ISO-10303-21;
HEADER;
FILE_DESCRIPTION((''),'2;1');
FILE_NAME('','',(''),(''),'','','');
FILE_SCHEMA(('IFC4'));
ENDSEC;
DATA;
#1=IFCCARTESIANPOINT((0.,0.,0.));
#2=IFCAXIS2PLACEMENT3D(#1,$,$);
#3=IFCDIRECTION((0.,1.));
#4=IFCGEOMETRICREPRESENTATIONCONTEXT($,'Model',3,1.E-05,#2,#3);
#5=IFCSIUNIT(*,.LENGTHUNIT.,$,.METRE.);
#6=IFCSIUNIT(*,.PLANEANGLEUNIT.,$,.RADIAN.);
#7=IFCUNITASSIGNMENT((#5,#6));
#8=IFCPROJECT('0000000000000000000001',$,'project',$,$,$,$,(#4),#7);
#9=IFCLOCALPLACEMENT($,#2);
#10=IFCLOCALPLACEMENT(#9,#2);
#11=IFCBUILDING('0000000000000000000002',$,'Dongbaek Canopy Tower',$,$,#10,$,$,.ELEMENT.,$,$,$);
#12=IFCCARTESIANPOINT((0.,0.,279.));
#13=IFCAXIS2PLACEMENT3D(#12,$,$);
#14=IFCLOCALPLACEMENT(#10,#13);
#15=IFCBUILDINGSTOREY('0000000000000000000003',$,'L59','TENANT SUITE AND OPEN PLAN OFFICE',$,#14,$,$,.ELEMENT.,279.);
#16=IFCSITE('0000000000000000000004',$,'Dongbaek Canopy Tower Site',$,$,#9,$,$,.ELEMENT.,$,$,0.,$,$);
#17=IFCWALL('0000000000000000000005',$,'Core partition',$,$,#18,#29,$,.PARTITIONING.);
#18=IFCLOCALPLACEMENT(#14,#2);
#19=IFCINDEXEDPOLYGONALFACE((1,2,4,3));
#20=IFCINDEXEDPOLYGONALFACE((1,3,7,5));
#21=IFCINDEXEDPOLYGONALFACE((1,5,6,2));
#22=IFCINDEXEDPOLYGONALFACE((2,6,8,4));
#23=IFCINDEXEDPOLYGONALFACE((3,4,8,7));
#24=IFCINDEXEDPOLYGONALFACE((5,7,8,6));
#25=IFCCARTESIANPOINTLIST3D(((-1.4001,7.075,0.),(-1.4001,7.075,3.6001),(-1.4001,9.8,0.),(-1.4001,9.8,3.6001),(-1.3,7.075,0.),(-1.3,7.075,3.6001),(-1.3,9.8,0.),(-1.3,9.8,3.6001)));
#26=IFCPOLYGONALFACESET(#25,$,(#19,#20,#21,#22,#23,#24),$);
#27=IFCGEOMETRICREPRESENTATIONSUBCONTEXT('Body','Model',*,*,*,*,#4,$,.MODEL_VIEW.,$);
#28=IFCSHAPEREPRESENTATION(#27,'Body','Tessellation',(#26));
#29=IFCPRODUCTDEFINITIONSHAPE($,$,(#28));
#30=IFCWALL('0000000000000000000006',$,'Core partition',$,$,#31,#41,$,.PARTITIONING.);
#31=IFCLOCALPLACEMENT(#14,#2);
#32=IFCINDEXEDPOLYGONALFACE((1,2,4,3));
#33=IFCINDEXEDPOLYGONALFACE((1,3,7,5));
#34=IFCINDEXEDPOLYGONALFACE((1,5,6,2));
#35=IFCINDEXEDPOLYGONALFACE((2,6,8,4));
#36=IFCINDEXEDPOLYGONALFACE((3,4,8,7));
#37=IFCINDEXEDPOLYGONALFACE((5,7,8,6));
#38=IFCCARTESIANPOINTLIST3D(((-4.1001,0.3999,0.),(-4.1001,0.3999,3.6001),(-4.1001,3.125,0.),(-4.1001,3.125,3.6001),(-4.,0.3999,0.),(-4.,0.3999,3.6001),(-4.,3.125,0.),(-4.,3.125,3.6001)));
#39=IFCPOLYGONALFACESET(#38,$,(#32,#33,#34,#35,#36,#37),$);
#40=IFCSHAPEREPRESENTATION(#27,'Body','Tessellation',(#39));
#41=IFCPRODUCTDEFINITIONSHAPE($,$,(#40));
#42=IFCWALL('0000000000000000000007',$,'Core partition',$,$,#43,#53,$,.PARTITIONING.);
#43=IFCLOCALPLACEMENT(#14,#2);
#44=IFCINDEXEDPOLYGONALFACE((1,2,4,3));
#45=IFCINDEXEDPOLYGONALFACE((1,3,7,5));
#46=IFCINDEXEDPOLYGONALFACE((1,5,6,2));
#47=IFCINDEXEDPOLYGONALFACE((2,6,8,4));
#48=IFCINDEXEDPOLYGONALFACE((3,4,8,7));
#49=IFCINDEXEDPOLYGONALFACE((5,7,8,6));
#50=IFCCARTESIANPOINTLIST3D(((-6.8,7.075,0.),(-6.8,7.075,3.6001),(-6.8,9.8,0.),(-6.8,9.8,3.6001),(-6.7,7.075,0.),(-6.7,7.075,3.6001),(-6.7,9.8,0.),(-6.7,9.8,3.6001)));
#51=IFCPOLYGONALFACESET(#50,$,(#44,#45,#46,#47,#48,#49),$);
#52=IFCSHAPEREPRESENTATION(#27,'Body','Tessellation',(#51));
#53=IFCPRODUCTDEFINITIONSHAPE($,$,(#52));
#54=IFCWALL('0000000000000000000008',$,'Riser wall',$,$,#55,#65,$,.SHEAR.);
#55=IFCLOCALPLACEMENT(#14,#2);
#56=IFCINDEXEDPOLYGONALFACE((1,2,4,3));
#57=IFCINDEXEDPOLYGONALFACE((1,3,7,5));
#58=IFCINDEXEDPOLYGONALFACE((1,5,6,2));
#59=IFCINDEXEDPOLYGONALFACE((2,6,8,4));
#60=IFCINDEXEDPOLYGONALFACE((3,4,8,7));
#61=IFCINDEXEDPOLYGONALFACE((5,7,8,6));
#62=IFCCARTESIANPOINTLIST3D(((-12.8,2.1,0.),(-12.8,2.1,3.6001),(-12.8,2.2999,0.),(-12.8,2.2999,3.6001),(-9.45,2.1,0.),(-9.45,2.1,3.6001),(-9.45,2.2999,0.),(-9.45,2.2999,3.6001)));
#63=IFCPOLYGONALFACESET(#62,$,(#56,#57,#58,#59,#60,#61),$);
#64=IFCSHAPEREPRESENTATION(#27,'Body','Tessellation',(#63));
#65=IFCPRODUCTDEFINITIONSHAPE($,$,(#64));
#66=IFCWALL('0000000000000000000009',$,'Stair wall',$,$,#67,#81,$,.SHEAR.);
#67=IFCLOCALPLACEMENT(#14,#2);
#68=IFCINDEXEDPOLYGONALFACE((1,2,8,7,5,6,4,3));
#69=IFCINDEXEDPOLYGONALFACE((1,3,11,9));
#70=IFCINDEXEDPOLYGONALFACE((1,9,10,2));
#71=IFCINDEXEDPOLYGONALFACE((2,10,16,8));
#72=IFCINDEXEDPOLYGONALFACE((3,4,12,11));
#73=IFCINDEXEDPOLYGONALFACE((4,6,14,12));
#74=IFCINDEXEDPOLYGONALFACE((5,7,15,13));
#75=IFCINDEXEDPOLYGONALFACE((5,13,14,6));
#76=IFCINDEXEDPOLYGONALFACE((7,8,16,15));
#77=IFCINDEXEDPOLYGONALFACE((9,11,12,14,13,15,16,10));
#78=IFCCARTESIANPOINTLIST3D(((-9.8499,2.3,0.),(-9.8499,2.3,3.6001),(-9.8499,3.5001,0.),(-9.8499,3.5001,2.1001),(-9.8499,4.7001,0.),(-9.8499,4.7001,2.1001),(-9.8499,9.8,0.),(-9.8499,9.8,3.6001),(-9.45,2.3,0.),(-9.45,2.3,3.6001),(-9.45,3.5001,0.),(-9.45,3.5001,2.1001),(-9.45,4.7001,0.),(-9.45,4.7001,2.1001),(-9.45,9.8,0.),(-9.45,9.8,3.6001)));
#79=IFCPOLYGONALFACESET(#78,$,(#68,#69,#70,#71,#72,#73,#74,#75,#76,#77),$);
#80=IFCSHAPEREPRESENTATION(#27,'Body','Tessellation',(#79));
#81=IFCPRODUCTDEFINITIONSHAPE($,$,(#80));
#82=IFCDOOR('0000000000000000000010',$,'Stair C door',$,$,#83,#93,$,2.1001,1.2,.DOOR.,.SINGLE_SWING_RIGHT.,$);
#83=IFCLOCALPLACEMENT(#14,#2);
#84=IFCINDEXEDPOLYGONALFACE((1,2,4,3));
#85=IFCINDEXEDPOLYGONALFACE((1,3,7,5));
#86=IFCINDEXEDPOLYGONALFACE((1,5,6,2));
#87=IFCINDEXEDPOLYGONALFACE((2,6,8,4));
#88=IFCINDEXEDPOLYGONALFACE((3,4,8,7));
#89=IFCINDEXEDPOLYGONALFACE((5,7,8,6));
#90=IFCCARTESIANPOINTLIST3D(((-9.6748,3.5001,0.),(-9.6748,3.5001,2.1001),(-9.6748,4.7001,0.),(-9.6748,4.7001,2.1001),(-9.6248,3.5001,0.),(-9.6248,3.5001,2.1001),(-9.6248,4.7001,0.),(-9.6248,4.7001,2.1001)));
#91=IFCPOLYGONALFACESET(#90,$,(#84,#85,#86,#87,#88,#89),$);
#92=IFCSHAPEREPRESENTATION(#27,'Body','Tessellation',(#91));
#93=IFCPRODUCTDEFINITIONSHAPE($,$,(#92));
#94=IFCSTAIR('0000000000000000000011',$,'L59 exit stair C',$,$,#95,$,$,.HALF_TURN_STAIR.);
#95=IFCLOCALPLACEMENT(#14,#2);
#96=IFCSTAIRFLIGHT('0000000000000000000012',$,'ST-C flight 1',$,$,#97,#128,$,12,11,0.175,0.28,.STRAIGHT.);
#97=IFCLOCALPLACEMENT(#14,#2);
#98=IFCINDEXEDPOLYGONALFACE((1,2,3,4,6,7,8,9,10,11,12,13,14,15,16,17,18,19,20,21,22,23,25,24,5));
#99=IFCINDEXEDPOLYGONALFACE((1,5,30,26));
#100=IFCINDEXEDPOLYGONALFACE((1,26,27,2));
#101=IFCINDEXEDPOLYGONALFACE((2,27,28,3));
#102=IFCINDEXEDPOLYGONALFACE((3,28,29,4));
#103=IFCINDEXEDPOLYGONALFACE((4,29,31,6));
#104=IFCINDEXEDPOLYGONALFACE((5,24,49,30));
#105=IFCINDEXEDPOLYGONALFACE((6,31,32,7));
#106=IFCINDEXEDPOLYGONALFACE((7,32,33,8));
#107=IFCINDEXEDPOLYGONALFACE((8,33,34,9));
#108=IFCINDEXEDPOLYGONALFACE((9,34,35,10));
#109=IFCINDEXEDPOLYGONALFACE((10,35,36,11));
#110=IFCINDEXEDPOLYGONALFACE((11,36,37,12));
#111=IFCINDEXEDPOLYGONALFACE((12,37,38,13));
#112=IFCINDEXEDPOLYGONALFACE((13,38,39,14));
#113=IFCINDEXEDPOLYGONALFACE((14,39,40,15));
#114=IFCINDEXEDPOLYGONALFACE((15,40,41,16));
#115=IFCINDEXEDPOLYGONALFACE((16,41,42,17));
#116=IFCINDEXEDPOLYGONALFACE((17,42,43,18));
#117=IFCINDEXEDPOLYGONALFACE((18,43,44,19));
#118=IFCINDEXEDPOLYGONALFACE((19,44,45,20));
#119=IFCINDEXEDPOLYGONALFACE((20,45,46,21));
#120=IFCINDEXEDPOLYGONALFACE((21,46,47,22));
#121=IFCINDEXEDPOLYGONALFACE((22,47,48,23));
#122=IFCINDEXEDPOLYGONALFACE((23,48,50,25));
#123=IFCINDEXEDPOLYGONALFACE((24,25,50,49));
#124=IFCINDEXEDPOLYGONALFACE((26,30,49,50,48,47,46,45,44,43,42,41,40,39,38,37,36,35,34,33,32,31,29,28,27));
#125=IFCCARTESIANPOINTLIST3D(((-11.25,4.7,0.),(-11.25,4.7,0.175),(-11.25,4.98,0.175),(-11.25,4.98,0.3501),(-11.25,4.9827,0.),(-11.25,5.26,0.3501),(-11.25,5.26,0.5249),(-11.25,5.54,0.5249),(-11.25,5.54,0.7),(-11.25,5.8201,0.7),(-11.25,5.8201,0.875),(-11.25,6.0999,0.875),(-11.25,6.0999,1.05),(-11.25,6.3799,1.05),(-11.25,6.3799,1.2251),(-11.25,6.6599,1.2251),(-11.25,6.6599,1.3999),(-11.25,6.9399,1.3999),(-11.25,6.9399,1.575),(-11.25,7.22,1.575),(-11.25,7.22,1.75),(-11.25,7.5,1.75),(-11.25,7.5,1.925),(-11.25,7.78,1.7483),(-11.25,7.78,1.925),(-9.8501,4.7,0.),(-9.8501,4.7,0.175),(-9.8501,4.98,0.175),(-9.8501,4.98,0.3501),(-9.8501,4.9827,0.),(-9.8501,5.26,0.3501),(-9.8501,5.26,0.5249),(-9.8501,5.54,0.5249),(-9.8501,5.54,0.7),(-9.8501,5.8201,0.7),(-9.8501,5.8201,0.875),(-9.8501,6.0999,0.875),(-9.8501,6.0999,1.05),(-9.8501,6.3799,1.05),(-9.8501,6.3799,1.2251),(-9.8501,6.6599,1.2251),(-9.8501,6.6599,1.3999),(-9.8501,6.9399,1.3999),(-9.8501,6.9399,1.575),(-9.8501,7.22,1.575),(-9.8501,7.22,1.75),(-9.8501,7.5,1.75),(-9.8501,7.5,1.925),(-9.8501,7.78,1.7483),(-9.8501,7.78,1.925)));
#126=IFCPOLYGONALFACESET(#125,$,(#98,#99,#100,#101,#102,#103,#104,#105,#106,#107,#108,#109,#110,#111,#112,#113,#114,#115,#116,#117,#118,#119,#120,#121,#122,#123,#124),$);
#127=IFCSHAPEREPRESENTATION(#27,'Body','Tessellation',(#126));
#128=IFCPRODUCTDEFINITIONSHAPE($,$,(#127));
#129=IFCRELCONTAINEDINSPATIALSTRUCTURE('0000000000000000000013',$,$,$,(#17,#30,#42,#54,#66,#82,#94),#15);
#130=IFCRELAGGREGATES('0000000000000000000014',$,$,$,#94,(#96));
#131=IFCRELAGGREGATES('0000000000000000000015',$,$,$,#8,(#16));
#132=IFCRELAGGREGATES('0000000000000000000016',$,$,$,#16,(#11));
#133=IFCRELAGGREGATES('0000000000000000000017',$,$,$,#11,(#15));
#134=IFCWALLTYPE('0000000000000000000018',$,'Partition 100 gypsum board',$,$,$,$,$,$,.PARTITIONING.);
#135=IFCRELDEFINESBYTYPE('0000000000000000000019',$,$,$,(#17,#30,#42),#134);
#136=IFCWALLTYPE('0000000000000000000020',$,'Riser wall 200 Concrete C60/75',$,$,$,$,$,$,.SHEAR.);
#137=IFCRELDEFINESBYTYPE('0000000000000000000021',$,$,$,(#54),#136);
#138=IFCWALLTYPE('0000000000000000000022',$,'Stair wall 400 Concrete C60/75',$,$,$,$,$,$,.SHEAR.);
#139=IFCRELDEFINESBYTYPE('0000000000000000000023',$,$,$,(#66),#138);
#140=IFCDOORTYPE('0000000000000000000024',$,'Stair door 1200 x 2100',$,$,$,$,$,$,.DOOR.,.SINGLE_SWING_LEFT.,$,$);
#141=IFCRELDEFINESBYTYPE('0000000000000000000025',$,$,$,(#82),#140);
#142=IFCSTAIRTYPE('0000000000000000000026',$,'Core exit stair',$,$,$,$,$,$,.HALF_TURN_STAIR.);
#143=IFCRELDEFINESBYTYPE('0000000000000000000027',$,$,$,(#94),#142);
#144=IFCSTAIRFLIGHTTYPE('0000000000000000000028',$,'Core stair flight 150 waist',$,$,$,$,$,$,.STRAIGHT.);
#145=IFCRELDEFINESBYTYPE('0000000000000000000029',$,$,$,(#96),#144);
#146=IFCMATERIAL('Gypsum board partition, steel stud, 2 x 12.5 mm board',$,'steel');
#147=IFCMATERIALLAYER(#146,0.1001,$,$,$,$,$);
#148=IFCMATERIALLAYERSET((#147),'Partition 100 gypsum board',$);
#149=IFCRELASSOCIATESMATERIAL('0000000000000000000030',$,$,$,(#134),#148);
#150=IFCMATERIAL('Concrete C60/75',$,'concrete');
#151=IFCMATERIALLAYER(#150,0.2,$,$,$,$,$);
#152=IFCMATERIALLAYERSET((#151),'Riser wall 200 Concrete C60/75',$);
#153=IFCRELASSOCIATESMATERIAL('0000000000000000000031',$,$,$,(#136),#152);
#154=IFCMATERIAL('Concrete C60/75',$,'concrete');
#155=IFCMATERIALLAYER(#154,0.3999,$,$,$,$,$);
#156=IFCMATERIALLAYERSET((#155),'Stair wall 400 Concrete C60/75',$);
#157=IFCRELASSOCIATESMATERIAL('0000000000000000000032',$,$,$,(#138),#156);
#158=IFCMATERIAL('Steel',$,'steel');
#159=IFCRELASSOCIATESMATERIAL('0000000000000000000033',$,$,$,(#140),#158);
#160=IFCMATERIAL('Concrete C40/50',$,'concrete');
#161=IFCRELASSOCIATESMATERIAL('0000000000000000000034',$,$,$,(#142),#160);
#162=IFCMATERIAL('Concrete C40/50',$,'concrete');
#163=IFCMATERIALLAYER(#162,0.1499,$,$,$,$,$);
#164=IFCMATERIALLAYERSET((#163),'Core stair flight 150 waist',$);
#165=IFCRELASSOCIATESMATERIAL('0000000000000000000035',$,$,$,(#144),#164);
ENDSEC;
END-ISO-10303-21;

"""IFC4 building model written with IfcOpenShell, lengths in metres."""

from ifc_helpers import new_model, si_unit, direction, frame, frame_2d, origin, place, context, subcontext, project, spatial, polyline, rectangle, outline, extrude, material, layer, layer_set, type_object, element, fill, aggregate, save


model = new_model("IFC4")

# Units and contexts
model_context = context("Model", 3, precision=1e-05, world=origin(), true_north=direction((0.0, 1.0)))
body_context = subcontext(model_context, "Body", "Model", "MODEL_VIEW")
ifc_project = project(units=[si_unit("LENGTHUNIT", "METRE"), si_unit("PLANEANGLEUNIT", "RADIAN")], contexts=[model_context])

# Site, building, storey
site_placement = place(None, origin())
site = spatial("IfcSite", under=ifc_project, at=site_placement, Name="Dongbaek Canopy Tower Site", CompositionType="ELEMENT", RefElevation=0.0)
building_placement = place(site_placement, origin())
building = spatial("IfcBuilding", under=site, at=building_placement, Name="Dongbaek Canopy Tower", CompositionType="ELEMENT")
storey_placement = place(building_placement, frame((0.0, 0.0, 279.0)))
storey = spatial("IfcBuildingStorey", under=building, at=storey_placement, Name="L59", Description="TENANT SUITE AND OPEN PLAN OFFICE", CompositionType="ELEMENT", Elevation=279.0)

# Walls
ifc_material_1 = material(Name="Gypsum board partition, steel stud, 2 x 12.5 mm board", Category="steel")
ifc_layer_1 = layer(ifc_material_1, 0.1001)
ifc_layer_set_1 = layer_set([ifc_layer_1], Name="Partition 100 gypsum board")
wall_type_1 = type_object("IfcWallType", Name="Partition 100 gypsum board", PredefinedType="PARTITIONING", material=ifc_layer_set_1)
for number, where, z_axis, x_axis, name in (
    (1, (-1.3501, 7.075, 0.0), (0.0, 0.0, 1.0), (0.0, 1.0, 0.0), "Core partition"),
    (2, (-4.05, 0.3999, 0.0), (0.0, 0.0, 1.0), (0.0, 1.0, 0.0), "Core partition"),
    (3, (-6.75, 7.075, 0.0), (0.0, 0.0, 1.0), (0.0, 1.0, 0.0), "Core partition"),
):
    element("IfcWall", number, at=place(storey_placement, frame(where, z_axis=z_axis, x_axis=x_axis)), inside=storey, type_object=wall_type_1, Name=name, PredefinedType="PARTITIONING", context=body_context, shape_type="SweptSolid", body=[
        extrude(rectangle(XDim=2.7251, YDim=0.1001, at=frame_2d((1.3625, 0.0))), origin(), (0.0, 0.0, 1.0), 3.6001),
    ])
ifc_material_2 = material(Name="Concrete C60/75", Category="concrete")
ifc_layer_2 = layer(ifc_material_2, 0.2)
ifc_layer_set_2 = layer_set([ifc_layer_2], Name="Riser wall 200 Concrete C60/75")
wall_type_2 = type_object("IfcWallType", Name="Riser wall 200 Concrete C60/75", PredefinedType="SHEAR", material=ifc_layer_set_2)
wall_1_placement = place(storey_placement, frame((-9.45, 2.2, 0.0), z_axis=(0.0, 0.0, 1.0), x_axis=(-1.0, 0.0, 0.0)))
element("IfcWall", 4, at=wall_1_placement, inside=storey, type_object=wall_type_2, Name="Riser wall", PredefinedType="SHEAR", context=body_context, shape_type="SweptSolid", body=[
    extrude(rectangle(XDim=3.3501, YDim=0.2, at=frame_2d((1.675, 0.0))), origin(), (0.0, 0.0, 1.0), 3.6001),
])

# Wall, opening, door
ifc_material_3 = material(Name="Concrete C60/75", Category="concrete")
ifc_layer_3 = layer(ifc_material_3, 0.3999)
ifc_layer_set_3 = layer_set([ifc_layer_3], Name="Stair wall 400 Concrete C60/75")
wall_type_3 = type_object("IfcWallType", Name="Stair wall 400 Concrete C60/75", PredefinedType="SHEAR", material=ifc_layer_set_3)
wall_2_placement = place(storey_placement, frame((-9.6499, 2.3, 0.0), z_axis=(0.0, 0.0, 1.0), x_axis=(0.0, 1.0, 0.0)))
wall_2 = element("IfcWall", 5, at=wall_2_placement, inside=storey, type_object=wall_type_3, Name="Stair wall", PredefinedType="SHEAR", context=body_context, shape_type="SweptSolid", body=[
    extrude(rectangle(XDim=7.5, YDim=0.3999, at=frame_2d((3.75, 0.0))), origin(), (0.0, 0.0, 1.0), 3.6001),
])
opening_1_placement = place(wall_2_placement, frame((1.2, 0.0, 0.0)))
opening_1 = element("IfcOpeningElement", 6, at=opening_1_placement, cuts=wall_2, PredefinedType="OPENING", context=body_context, shape_type="SweptSolid", body=[
    extrude(rectangle(XDim=1.2, YDim=2.1001, at=frame_2d((0.6001, 1.05))), frame((0.0, 0.21, 0.0), z_axis=(0.0, -1.0, 0.0), x_axis=(1.0, 0.0, 0.0)), (0.0, 0.0, 1.0), 0.4199),
])
ifc_material_4 = material(Name="Steel", Category="steel")
door_type_1 = type_object("IfcDoorType", Name="Stair door 1200 x 2100", OperationType="SINGLE_SWING_LEFT", PredefinedType="DOOR", material=ifc_material_4)
door_1_placement = place(opening_1_placement, origin())
door_1 = element("IfcDoor", 7, at=door_1_placement, inside=storey, type_object=door_type_1, Name="Stair C door", OperationType="SINGLE_SWING_RIGHT", OverallHeight=2.1001, OverallWidth=1.2, PredefinedType="DOOR", context=body_context, shape_type="SweptSolid", body=[
    extrude(rectangle(XDim=1.2, YDim=2.1001, at=frame_2d((0.6001, 1.05))), frame((0.0, 0.0249, 0.0), z_axis=(0.0, -1.0, 0.0), x_axis=(1.0, 0.0, 0.0)), (0.0, 0.0, 1.0), 0.05),
])
fill(opening_1, door_1)

# Stair, stair flight
ifc_material_5 = material(Name="Concrete C40/50", Category="concrete")
stair_type = type_object("IfcStairType", Name="Core exit stair", PredefinedType="HALF_TURN_STAIR", material=ifc_material_5)
stair_placement = place(storey_placement, origin())
stair = element("IfcStair", 8, at=stair_placement, inside=storey, type_object=stair_type, Name="L59 exit stair C", PredefinedType="HALF_TURN_STAIR")
ifc_material_6 = material(Name="Concrete C40/50", Category="concrete")
ifc_layer_4 = layer(ifc_material_6, 0.1499)
ifc_layer_set_4 = layer_set([ifc_layer_4], Name="Core stair flight 150 waist")
stair_flight_type = type_object("IfcStairFlightType", Name="Core stair flight 150 waist", PredefinedType="STRAIGHT", material=ifc_layer_set_4)
stair_flight_placement = place(storey_placement, frame((-10.55, 4.7, 0.0), z_axis=(0.0, 0.0, 1.0), x_axis=(0.0, 1.0, 0.0)))
stair_flight = element("IfcStairFlight", 9, at=stair_flight_placement, type_object=stair_flight_type, Name="ST-C flight 1", NumberOfRisers=12, NumberOfTreads=11, PredefinedType="STRAIGHT", RiserHeight=0.175, TreadLength=0.28, context=body_context, shape_type="SweptSolid", body=[
    extrude(outline(polyline([(0.0, 0.0), (0.0, 0.175), (0.28, 0.175), (0.28, 0.3501), (0.5601, 0.3501), (0.5601, 0.5249), (0.8401, 0.5249), (0.8401, 0.7), (1.1201, 0.7), (1.1201, 0.875), (1.3999, 0.875), (1.3999, 1.05), (1.6799, 1.05), (1.6799, 1.2251), (1.96, 1.2251), (1.96, 1.3999), (2.24, 1.3999), (2.24, 1.575), (2.52, 1.575), (2.52, 1.75), (2.8, 1.75), (2.8, 1.925), (3.0801, 1.925), (3.0801, 2.1001), (3.0801, 1.7483), (0.2827, 0.0), (0.0, 0.0)])), frame((0.0, 0.7, 0.0), z_axis=(0.0, -1.0, 0.0), x_axis=(1.0, 0.0, 0.0)), (0.0, 0.0, 1.0), 1.3999),
])
aggregate(stair, [stair_flight])

save(model, "model.ifc")
